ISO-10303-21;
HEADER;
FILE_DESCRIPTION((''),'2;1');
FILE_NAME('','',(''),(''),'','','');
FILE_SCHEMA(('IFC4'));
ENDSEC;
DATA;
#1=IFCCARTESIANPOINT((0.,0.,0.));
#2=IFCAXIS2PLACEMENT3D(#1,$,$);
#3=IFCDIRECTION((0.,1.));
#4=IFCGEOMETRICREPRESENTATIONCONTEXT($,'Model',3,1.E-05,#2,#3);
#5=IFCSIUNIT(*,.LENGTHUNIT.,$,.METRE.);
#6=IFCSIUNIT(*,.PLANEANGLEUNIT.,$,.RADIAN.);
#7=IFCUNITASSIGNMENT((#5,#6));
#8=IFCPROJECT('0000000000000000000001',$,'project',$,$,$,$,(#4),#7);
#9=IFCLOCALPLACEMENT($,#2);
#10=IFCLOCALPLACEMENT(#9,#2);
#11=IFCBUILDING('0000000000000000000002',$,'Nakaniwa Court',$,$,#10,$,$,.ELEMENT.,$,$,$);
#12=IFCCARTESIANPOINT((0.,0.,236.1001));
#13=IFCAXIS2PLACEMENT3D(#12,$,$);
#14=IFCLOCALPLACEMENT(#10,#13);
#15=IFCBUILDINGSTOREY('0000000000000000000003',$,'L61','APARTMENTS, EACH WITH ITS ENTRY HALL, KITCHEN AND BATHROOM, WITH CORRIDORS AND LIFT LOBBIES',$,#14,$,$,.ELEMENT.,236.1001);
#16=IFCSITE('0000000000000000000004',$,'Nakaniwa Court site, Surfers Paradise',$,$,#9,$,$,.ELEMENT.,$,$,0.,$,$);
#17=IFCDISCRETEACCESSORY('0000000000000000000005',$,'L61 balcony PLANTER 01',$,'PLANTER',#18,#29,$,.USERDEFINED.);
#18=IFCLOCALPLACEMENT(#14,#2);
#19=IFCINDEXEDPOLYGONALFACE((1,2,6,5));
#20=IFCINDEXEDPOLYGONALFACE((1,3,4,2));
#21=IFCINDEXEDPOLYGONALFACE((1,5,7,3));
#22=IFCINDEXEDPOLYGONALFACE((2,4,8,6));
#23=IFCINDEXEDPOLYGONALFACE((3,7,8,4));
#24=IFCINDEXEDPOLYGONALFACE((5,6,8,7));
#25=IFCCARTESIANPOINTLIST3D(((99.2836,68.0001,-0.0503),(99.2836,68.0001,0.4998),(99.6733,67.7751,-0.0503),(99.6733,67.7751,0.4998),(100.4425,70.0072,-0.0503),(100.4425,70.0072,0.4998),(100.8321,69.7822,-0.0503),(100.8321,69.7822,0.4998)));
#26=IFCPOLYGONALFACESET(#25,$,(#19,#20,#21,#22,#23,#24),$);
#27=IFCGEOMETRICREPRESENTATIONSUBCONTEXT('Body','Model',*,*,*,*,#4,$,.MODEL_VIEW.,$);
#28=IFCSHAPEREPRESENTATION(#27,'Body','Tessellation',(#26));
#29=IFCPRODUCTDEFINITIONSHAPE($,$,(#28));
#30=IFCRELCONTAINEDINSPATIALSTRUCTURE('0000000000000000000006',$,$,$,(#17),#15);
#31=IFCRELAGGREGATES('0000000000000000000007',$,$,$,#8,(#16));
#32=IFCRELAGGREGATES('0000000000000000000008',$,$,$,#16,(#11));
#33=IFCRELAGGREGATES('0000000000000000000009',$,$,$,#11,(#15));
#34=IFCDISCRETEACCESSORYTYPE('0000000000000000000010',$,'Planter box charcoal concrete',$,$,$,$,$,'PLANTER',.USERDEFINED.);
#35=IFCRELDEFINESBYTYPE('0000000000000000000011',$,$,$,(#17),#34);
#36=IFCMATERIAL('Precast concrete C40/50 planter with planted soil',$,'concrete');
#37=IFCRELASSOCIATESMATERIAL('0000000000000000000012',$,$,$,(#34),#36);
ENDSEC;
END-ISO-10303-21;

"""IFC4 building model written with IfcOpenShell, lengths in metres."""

from ifc_helpers import new_model, si_unit, direction, frame, origin, origin_2d, place, context, subcontext, project, spatial, rectangle, extrude, material, type_object, element, save


model = new_model("IFC4")

# Units and contexts
model_context = context("Model", 3, precision=1e-05, world=origin(), true_north=direction((0.0, 1.0)))
body_context = subcontext(model_context, "Body", "Model", "MODEL_VIEW")
ifc_project = project(units=[si_unit("LENGTHUNIT", "METRE"), si_unit("PLANEANGLEUNIT", "RADIAN")], contexts=[model_context])

# Site, building, storey
site_placement = place(None, origin())
site = spatial("IfcSite", under=ifc_project, at=site_placement, Name="Nakaniwa Court site, Surfers Paradise", CompositionType="ELEMENT", RefElevation=0.0)
building_placement = place(site_placement, origin())
building = spatial("IfcBuilding", under=site, at=building_placement, Name="Nakaniwa Court", CompositionType="ELEMENT")
storey_placement = place(building_placement, frame((0.0, 0.0, 236.1001)))
storey = spatial("IfcBuildingStorey", under=building, at=storey_placement, Name="L61", Description="APARTMENTS, EACH WITH ITS ENTRY HALL, KITCHEN AND BATHROOM, WITH CORRIDORS AND LIFT LOBBIES", CompositionType="ELEMENT", Elevation=236.1001)

# Discrete accessory
ifc_material_1 = material(Name="Precast concrete C40/50 planter with planted soil", Category="concrete")
discrete_accessory_type_1 = type_object("IfcDiscreteAccessoryType", Name="Planter box charcoal concrete", ElementType="PLANTER", PredefinedType="USERDEFINED", material=ifc_material_1)
discrete_accessory_placement = place(storey_placement, frame((100.0579, 68.8911, -0.0503), z_axis=(0.0, 0.0, 1.0), x_axis=(0.500017, 0.866016, 0.0)))
element("IfcDiscreteAccessory", 1, at=discrete_accessory_placement, inside=storey, type_object=discrete_accessory_type_1, Name="L61 balcony PLANTER 01", ObjectType="PLANTER", PredefinedType="USERDEFINED", context=body_context, shape_type="SweptSolid", body=[
    extrude(rectangle(XDim=2.3176, YDim=0.45, at=origin_2d()), origin(), (0.0, 0.0, 1.0), 0.55),
])

save(model, "model.ifc")
